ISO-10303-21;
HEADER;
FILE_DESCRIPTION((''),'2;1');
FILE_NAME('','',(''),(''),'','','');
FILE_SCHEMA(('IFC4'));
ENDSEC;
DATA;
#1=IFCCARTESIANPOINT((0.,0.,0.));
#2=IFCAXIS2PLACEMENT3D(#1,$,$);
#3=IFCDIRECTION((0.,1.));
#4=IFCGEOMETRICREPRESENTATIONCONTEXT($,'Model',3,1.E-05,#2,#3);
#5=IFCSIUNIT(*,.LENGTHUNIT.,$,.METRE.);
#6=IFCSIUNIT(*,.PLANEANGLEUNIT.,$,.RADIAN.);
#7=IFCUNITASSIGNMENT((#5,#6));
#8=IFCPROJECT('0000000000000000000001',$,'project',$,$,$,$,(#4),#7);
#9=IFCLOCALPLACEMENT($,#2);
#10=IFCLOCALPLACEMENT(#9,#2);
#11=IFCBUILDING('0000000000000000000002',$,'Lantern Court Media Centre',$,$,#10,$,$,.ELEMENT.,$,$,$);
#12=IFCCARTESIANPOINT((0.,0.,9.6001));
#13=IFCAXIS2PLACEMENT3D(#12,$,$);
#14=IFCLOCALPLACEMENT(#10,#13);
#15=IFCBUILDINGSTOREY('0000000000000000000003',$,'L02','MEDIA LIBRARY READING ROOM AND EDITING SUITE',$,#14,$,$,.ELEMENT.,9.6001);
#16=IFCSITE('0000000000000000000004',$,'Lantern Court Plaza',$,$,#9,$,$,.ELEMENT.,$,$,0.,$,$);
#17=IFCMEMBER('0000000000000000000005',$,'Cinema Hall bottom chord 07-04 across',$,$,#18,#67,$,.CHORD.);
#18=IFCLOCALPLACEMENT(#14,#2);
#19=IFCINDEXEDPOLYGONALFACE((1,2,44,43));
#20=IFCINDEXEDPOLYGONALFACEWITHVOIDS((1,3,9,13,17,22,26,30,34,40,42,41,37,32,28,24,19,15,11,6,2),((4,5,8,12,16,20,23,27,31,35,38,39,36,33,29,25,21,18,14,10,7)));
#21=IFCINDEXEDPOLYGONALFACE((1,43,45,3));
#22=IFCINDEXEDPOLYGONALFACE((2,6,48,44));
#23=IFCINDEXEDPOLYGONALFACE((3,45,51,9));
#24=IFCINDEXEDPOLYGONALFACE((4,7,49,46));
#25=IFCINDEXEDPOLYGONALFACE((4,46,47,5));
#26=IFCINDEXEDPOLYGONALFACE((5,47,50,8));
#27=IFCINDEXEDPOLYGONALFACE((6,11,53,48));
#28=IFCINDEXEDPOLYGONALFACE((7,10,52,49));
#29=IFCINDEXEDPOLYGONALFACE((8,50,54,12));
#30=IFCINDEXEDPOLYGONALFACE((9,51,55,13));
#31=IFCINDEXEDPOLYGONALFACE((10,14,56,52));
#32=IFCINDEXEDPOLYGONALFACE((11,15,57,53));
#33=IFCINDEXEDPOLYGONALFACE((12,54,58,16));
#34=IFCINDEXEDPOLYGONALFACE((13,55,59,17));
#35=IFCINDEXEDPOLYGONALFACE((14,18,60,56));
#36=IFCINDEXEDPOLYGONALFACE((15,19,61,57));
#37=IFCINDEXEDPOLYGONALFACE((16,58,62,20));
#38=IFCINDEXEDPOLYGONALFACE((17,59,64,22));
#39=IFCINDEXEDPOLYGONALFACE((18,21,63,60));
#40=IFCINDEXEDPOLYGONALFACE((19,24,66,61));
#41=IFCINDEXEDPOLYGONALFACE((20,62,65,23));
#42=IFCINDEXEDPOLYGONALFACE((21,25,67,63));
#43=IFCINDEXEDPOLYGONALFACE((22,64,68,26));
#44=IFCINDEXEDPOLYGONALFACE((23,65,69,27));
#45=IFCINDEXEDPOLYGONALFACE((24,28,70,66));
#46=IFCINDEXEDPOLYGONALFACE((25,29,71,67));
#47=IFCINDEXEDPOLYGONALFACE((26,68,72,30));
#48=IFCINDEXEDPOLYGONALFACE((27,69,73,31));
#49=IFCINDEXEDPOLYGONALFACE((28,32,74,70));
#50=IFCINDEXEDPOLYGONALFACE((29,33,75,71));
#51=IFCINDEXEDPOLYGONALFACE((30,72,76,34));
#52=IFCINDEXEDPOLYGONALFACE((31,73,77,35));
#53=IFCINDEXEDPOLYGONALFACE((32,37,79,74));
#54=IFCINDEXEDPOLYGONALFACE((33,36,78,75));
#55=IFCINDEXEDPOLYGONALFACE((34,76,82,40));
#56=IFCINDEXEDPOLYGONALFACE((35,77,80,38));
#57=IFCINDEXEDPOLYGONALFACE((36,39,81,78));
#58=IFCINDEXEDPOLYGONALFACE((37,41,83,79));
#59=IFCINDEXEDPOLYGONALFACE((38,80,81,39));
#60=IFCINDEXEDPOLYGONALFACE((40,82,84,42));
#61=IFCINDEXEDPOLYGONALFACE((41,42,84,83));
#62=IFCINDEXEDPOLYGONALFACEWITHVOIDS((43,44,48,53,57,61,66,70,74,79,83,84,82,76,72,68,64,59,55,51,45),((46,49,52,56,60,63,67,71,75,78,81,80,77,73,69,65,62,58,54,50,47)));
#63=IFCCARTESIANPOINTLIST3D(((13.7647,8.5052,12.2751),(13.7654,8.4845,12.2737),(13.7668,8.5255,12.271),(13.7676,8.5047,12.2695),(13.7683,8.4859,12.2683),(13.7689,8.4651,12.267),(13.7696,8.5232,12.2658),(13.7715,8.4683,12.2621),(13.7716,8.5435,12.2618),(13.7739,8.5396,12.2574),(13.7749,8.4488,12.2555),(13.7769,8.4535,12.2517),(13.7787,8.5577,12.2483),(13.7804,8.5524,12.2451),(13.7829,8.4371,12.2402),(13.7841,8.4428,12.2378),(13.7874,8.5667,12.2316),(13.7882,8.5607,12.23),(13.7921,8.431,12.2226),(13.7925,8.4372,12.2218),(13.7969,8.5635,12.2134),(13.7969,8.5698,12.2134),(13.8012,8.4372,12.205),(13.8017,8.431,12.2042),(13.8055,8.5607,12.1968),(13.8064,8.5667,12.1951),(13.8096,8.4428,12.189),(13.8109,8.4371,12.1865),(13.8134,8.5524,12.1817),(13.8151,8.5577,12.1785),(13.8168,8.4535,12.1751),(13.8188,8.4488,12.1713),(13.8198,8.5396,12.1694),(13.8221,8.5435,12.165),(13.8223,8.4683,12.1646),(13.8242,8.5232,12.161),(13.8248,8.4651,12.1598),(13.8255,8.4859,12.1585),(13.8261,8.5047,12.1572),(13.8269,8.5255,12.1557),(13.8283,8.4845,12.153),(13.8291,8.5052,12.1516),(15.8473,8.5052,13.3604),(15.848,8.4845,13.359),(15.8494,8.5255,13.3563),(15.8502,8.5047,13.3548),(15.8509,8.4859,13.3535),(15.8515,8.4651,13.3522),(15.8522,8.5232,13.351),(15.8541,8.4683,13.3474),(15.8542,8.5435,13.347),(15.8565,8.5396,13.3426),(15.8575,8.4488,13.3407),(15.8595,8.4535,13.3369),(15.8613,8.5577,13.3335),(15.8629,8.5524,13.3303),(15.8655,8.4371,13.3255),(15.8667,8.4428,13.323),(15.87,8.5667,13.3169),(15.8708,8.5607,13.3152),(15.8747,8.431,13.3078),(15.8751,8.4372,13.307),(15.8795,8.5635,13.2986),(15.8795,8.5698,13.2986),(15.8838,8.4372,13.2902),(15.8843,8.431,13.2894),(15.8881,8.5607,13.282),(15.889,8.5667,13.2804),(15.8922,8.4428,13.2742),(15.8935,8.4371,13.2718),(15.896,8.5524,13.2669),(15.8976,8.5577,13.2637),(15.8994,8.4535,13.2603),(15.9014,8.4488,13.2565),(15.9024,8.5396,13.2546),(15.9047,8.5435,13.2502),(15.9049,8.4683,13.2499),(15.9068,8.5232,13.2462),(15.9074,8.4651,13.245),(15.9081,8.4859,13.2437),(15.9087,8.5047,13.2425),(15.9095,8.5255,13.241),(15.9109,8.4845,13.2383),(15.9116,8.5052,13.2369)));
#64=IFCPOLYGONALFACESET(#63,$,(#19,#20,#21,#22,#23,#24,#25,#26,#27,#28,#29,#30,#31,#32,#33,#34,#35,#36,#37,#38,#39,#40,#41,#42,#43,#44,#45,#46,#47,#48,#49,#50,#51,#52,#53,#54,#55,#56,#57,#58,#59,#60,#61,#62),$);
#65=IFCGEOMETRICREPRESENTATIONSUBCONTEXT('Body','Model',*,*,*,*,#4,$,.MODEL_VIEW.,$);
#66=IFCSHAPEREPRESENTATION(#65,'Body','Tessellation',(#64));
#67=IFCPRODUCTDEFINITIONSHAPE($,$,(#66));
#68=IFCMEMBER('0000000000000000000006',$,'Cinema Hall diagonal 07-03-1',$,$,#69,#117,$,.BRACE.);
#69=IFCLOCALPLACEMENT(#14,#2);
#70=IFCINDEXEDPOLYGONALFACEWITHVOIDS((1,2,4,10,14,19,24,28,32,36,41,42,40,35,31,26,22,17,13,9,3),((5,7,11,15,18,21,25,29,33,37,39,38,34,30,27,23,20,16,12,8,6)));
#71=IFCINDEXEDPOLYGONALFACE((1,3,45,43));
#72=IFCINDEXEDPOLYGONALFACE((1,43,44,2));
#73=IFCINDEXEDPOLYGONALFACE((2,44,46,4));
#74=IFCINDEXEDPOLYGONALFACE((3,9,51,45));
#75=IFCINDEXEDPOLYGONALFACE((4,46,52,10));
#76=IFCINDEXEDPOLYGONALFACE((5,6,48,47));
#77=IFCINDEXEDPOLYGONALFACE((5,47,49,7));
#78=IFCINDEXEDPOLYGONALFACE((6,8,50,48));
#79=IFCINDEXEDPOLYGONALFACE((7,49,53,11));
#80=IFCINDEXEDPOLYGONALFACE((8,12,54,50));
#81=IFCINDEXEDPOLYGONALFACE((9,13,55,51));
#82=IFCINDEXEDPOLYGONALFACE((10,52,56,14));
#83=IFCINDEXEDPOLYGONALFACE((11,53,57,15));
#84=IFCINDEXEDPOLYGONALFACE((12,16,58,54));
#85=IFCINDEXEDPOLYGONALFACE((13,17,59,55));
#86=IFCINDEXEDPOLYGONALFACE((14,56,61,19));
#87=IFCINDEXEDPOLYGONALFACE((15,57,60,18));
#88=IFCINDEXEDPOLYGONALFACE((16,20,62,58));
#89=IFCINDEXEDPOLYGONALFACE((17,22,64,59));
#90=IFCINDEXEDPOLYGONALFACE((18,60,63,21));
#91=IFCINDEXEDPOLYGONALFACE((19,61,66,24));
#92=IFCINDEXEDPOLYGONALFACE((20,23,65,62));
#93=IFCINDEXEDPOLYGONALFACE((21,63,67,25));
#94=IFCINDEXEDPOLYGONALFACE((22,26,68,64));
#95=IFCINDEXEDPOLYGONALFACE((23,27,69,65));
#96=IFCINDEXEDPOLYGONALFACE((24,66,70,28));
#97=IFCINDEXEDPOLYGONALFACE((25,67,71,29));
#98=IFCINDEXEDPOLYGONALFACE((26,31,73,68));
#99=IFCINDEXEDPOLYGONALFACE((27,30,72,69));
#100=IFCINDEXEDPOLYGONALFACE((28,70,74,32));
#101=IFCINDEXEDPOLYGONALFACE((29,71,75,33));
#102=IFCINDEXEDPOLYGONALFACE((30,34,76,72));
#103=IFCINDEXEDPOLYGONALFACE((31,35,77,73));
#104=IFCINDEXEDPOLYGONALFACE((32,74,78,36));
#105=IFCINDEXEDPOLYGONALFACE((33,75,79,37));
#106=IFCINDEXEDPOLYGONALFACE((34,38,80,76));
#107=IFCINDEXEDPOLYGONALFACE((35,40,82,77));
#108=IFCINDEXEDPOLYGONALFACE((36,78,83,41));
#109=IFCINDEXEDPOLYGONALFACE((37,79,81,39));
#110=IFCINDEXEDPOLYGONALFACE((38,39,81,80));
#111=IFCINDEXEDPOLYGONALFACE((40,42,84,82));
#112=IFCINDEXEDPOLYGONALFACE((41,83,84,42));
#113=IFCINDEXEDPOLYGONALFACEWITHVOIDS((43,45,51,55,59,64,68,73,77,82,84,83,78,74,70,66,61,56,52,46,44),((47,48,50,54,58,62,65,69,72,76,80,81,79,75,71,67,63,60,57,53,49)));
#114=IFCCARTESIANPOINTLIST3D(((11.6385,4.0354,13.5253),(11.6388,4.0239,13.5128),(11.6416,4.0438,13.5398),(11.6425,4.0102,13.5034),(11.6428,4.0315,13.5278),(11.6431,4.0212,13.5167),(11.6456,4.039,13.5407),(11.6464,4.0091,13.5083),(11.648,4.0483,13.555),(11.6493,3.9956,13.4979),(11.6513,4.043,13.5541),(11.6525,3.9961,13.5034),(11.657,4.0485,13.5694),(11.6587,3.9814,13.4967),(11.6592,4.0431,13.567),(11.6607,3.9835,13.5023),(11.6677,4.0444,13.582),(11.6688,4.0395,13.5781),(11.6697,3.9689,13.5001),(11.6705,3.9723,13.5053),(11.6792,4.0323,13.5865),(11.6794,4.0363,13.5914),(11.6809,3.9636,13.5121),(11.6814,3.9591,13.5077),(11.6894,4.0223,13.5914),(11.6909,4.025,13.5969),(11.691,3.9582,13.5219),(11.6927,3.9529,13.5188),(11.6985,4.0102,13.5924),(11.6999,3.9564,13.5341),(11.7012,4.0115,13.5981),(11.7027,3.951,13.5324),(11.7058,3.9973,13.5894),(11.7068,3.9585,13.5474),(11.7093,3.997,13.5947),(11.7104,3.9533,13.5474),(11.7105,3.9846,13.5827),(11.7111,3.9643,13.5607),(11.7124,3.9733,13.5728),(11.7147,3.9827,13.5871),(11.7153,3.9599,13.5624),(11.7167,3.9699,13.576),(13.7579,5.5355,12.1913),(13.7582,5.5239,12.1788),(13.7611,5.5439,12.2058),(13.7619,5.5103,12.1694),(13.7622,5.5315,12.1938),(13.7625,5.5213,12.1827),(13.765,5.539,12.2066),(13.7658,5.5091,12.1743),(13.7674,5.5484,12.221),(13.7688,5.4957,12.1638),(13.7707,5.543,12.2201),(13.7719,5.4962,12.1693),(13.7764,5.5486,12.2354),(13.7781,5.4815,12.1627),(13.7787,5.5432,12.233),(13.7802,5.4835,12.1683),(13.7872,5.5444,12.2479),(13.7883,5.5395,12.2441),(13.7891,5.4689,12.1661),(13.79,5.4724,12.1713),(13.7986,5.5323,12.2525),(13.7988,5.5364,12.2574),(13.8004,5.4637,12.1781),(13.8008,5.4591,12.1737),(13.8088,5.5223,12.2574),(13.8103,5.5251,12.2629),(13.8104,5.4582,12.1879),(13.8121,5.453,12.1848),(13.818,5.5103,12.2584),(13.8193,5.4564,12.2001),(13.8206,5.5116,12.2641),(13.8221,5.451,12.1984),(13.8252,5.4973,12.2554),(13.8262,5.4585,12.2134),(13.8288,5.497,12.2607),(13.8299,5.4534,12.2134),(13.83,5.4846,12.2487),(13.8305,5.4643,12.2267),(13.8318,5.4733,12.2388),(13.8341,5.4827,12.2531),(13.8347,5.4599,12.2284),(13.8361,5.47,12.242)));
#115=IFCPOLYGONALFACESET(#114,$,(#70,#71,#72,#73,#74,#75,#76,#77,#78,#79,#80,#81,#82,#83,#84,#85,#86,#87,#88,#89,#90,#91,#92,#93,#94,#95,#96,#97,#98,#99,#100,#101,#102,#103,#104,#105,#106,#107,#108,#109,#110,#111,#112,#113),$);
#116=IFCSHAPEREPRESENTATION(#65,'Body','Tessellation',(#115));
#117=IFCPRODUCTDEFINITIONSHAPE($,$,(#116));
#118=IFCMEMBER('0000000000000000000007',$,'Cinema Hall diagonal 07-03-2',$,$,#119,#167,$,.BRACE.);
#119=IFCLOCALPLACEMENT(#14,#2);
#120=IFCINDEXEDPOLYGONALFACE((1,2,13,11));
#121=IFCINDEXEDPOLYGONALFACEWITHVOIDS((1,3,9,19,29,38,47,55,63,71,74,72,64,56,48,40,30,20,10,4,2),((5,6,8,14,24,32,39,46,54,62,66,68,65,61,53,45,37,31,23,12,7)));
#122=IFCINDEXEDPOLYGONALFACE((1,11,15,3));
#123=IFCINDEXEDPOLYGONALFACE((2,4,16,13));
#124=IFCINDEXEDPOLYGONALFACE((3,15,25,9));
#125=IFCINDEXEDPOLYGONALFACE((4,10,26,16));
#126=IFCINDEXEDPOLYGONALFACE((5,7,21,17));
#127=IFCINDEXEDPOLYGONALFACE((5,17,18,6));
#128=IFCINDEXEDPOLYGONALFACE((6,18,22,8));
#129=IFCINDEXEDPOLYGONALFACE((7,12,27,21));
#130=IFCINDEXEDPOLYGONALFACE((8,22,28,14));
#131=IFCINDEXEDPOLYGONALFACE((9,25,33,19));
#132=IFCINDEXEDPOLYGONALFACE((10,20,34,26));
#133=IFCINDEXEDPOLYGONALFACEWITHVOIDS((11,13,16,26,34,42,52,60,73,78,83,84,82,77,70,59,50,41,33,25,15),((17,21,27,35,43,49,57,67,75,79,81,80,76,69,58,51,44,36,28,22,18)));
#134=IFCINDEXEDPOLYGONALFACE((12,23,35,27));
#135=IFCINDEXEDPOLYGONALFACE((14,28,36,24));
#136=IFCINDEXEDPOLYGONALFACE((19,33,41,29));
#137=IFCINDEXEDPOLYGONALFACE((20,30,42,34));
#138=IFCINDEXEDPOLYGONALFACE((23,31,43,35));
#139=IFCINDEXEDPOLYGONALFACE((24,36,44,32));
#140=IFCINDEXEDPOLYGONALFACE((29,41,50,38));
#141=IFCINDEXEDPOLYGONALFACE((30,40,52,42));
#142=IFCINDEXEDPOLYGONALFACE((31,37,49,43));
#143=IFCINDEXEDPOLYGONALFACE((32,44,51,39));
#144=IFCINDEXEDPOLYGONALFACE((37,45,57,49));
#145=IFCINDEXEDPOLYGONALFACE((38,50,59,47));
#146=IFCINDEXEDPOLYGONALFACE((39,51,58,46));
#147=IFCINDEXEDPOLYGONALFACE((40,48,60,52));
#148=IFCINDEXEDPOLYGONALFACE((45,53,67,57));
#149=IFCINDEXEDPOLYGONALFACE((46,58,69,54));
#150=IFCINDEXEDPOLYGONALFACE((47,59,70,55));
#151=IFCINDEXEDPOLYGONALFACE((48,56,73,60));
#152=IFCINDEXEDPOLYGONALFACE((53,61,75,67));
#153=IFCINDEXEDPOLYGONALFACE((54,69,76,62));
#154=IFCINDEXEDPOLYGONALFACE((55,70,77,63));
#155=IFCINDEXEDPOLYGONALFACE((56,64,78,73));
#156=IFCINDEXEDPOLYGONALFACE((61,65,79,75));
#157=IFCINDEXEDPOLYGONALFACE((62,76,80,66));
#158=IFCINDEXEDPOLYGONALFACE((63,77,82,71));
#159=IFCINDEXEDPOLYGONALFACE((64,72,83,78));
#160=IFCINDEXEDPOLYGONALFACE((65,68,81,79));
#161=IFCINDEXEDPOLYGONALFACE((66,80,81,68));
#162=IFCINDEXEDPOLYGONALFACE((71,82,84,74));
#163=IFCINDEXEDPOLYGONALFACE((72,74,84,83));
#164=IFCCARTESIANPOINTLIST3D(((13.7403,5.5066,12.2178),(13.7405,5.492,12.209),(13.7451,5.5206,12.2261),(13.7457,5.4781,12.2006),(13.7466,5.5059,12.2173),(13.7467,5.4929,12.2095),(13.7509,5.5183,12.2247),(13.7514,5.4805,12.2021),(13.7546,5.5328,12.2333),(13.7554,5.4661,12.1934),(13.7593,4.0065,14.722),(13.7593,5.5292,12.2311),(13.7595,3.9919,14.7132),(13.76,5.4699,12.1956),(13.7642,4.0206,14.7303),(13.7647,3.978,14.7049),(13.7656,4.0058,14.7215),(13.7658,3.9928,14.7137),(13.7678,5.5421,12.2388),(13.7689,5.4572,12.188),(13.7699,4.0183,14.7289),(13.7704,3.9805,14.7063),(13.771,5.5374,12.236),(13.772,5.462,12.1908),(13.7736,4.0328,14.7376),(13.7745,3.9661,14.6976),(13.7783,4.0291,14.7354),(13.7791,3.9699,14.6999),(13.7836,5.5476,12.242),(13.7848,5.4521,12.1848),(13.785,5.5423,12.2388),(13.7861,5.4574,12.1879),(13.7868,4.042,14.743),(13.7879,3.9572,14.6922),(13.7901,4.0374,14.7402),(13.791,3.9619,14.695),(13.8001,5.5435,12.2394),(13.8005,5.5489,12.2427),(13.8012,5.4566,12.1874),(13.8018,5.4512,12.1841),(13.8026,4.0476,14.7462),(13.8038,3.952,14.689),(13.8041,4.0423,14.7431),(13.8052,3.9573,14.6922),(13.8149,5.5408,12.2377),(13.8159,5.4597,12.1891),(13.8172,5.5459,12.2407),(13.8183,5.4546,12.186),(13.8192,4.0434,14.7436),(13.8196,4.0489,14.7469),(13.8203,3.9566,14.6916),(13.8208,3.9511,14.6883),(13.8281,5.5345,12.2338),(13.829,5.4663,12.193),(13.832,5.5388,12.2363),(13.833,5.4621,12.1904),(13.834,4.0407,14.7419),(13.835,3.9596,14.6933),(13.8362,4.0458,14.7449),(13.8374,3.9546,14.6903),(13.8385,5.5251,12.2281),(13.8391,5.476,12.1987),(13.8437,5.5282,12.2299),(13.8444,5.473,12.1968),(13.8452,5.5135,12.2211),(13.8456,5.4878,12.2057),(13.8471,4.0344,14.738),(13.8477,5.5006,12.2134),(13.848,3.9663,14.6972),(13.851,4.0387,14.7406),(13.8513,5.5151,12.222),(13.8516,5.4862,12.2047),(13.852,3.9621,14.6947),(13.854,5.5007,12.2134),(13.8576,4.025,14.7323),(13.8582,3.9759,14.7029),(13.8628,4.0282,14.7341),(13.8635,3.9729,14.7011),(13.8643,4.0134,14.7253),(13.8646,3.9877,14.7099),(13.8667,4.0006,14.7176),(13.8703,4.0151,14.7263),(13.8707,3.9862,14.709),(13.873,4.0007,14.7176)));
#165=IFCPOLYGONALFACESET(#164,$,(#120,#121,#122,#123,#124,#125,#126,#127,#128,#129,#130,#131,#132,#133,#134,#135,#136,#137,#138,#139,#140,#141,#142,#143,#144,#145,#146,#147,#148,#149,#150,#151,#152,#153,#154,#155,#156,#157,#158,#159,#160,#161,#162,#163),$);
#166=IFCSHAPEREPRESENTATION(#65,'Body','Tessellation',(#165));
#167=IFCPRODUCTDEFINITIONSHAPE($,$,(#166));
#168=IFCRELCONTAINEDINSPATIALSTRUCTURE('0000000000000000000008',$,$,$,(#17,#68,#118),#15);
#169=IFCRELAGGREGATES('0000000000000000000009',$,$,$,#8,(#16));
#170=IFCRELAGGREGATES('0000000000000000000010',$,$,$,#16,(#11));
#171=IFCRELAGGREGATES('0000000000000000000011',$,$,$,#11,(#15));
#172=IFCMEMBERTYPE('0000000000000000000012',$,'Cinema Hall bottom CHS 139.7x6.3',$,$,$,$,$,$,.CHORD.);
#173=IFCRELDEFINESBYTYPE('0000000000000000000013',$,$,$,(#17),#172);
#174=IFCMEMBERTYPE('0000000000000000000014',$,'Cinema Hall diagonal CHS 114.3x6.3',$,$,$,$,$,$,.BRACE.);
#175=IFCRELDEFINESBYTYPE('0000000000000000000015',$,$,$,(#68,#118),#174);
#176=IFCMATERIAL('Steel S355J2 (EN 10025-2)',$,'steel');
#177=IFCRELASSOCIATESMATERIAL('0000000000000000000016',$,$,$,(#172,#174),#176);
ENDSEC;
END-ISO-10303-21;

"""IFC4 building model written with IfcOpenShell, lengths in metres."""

from ifc_helpers import new_model, si_unit, direction, frame, origin, origin_2d, place, context, subcontext, project, spatial, hollow_circle, extrude, material, material_profile, profile_set, type_object, element, save


model = new_model("IFC4")

# Units and contexts
model_context = context("Model", 3, precision=1e-05, world=origin(), true_north=direction((0.0, 1.0)))
body_context = subcontext(model_context, "Body", "Model", "MODEL_VIEW")
ifc_project = project(units=[si_unit("LENGTHUNIT", "METRE"), si_unit("PLANEANGLEUNIT", "RADIAN")], contexts=[model_context])

# Site, building, storey
site_placement = place(None, origin())
site = spatial("IfcSite", under=ifc_project, at=site_placement, Name="Lantern Court Plaza", CompositionType="ELEMENT", RefElevation=0.0)
building_placement = place(site_placement, origin())
building = spatial("IfcBuilding", under=site, at=building_placement, Name="Lantern Court Media Centre", CompositionType="ELEMENT")
storey_placement = place(building_placement, frame((0.0, 0.0, 9.6001)))
storey = spatial("IfcBuildingStorey", under=building, at=storey_placement, Name="L02", Description="MEDIA LIBRARY READING ROOM AND EDITING SUITE", CompositionType="ELEMENT", Elevation=9.6001)

# Members
ifc_material = material(Name="Steel S355J2 (EN 10025-2)", Category="steel")
ifc_material_profile_1 = material_profile(ifc_material, hollow_circle(Radius=0.0698, WallThickness=0.0063, at=origin_2d()), Name="Cinema Hall bottom CHS 139.7x6.3")
ifc_profile_set_1 = profile_set([ifc_material_profile_1], Name="Steel S355J2 (EN 10025-2)")
member_type_1 = type_object("IfcMemberType", Name="Cinema Hall bottom CHS 139.7x6.3", PredefinedType="CHORD", material=ifc_profile_set_1)
for number, where, z_axis, x_axis, name in (
    (1, (13.7969, 8.5, 12.2134), (0.886816, 0.0, 0.462122), (0.0, 1.0, 0.0), "Cinema Hall bottom chord 07-04 across"),
):
    element("IfcMember", number, at=place(storey_placement, frame(where, z_axis=z_axis, x_axis=x_axis)), inside=storey, type_object=member_type_1, Name=name, PredefinedType="CHORD", context=body_context, shape_type="SweptSolid", body=[
        extrude(hollow_circle(Radius=0.0698, WallThickness=0.0063, at=origin_2d()), origin(), (0.0, 0.0, 1.0), 2.3484),
    ])
ifc_material_profile_2 = material_profile(ifc_material, hollow_circle(Radius=0.0571, WallThickness=0.0063, at=origin_2d()), Name="Cinema Hall diagonal CHS 114.3x6.3")
ifc_profile_set_2 = profile_set([ifc_material_profile_2], Name="Steel S355J2 (EN 10025-2)")
member_type_2 = type_object("IfcMemberType", Name="Cinema Hall diagonal CHS 114.3x6.3", PredefinedType="BRACE", material=ifc_profile_set_2)
for number, where, z_axis, x_axis, name in (
    (2, (13.7969, 5.5, 12.2134), (-0.726034, -0.513852, 0.45698), (0.577702, -0.816248, 0.0), "Cinema Hall diagonal 07-03-1"),
    (3, (13.7969, 5.5, 12.2134), (0.006524, -0.513857, 0.857851), (0.999919, 0.012694, 0.0), "Cinema Hall diagonal 07-03-2"),
):
    element("IfcMember", number, at=place(storey_placement, frame(where, z_axis=z_axis, x_axis=x_axis)), inside=storey, type_object=member_type_2, Name=name, PredefinedType="BRACE", context=body_context, shape_type="SweptSolid", body=[
        extrude(hollow_circle(Radius=0.0571, WallThickness=0.0063, at=origin_2d()), origin(), (0.0, 0.0, 1.0), 2.9192),
    ])

save(model, "model.ifc")
